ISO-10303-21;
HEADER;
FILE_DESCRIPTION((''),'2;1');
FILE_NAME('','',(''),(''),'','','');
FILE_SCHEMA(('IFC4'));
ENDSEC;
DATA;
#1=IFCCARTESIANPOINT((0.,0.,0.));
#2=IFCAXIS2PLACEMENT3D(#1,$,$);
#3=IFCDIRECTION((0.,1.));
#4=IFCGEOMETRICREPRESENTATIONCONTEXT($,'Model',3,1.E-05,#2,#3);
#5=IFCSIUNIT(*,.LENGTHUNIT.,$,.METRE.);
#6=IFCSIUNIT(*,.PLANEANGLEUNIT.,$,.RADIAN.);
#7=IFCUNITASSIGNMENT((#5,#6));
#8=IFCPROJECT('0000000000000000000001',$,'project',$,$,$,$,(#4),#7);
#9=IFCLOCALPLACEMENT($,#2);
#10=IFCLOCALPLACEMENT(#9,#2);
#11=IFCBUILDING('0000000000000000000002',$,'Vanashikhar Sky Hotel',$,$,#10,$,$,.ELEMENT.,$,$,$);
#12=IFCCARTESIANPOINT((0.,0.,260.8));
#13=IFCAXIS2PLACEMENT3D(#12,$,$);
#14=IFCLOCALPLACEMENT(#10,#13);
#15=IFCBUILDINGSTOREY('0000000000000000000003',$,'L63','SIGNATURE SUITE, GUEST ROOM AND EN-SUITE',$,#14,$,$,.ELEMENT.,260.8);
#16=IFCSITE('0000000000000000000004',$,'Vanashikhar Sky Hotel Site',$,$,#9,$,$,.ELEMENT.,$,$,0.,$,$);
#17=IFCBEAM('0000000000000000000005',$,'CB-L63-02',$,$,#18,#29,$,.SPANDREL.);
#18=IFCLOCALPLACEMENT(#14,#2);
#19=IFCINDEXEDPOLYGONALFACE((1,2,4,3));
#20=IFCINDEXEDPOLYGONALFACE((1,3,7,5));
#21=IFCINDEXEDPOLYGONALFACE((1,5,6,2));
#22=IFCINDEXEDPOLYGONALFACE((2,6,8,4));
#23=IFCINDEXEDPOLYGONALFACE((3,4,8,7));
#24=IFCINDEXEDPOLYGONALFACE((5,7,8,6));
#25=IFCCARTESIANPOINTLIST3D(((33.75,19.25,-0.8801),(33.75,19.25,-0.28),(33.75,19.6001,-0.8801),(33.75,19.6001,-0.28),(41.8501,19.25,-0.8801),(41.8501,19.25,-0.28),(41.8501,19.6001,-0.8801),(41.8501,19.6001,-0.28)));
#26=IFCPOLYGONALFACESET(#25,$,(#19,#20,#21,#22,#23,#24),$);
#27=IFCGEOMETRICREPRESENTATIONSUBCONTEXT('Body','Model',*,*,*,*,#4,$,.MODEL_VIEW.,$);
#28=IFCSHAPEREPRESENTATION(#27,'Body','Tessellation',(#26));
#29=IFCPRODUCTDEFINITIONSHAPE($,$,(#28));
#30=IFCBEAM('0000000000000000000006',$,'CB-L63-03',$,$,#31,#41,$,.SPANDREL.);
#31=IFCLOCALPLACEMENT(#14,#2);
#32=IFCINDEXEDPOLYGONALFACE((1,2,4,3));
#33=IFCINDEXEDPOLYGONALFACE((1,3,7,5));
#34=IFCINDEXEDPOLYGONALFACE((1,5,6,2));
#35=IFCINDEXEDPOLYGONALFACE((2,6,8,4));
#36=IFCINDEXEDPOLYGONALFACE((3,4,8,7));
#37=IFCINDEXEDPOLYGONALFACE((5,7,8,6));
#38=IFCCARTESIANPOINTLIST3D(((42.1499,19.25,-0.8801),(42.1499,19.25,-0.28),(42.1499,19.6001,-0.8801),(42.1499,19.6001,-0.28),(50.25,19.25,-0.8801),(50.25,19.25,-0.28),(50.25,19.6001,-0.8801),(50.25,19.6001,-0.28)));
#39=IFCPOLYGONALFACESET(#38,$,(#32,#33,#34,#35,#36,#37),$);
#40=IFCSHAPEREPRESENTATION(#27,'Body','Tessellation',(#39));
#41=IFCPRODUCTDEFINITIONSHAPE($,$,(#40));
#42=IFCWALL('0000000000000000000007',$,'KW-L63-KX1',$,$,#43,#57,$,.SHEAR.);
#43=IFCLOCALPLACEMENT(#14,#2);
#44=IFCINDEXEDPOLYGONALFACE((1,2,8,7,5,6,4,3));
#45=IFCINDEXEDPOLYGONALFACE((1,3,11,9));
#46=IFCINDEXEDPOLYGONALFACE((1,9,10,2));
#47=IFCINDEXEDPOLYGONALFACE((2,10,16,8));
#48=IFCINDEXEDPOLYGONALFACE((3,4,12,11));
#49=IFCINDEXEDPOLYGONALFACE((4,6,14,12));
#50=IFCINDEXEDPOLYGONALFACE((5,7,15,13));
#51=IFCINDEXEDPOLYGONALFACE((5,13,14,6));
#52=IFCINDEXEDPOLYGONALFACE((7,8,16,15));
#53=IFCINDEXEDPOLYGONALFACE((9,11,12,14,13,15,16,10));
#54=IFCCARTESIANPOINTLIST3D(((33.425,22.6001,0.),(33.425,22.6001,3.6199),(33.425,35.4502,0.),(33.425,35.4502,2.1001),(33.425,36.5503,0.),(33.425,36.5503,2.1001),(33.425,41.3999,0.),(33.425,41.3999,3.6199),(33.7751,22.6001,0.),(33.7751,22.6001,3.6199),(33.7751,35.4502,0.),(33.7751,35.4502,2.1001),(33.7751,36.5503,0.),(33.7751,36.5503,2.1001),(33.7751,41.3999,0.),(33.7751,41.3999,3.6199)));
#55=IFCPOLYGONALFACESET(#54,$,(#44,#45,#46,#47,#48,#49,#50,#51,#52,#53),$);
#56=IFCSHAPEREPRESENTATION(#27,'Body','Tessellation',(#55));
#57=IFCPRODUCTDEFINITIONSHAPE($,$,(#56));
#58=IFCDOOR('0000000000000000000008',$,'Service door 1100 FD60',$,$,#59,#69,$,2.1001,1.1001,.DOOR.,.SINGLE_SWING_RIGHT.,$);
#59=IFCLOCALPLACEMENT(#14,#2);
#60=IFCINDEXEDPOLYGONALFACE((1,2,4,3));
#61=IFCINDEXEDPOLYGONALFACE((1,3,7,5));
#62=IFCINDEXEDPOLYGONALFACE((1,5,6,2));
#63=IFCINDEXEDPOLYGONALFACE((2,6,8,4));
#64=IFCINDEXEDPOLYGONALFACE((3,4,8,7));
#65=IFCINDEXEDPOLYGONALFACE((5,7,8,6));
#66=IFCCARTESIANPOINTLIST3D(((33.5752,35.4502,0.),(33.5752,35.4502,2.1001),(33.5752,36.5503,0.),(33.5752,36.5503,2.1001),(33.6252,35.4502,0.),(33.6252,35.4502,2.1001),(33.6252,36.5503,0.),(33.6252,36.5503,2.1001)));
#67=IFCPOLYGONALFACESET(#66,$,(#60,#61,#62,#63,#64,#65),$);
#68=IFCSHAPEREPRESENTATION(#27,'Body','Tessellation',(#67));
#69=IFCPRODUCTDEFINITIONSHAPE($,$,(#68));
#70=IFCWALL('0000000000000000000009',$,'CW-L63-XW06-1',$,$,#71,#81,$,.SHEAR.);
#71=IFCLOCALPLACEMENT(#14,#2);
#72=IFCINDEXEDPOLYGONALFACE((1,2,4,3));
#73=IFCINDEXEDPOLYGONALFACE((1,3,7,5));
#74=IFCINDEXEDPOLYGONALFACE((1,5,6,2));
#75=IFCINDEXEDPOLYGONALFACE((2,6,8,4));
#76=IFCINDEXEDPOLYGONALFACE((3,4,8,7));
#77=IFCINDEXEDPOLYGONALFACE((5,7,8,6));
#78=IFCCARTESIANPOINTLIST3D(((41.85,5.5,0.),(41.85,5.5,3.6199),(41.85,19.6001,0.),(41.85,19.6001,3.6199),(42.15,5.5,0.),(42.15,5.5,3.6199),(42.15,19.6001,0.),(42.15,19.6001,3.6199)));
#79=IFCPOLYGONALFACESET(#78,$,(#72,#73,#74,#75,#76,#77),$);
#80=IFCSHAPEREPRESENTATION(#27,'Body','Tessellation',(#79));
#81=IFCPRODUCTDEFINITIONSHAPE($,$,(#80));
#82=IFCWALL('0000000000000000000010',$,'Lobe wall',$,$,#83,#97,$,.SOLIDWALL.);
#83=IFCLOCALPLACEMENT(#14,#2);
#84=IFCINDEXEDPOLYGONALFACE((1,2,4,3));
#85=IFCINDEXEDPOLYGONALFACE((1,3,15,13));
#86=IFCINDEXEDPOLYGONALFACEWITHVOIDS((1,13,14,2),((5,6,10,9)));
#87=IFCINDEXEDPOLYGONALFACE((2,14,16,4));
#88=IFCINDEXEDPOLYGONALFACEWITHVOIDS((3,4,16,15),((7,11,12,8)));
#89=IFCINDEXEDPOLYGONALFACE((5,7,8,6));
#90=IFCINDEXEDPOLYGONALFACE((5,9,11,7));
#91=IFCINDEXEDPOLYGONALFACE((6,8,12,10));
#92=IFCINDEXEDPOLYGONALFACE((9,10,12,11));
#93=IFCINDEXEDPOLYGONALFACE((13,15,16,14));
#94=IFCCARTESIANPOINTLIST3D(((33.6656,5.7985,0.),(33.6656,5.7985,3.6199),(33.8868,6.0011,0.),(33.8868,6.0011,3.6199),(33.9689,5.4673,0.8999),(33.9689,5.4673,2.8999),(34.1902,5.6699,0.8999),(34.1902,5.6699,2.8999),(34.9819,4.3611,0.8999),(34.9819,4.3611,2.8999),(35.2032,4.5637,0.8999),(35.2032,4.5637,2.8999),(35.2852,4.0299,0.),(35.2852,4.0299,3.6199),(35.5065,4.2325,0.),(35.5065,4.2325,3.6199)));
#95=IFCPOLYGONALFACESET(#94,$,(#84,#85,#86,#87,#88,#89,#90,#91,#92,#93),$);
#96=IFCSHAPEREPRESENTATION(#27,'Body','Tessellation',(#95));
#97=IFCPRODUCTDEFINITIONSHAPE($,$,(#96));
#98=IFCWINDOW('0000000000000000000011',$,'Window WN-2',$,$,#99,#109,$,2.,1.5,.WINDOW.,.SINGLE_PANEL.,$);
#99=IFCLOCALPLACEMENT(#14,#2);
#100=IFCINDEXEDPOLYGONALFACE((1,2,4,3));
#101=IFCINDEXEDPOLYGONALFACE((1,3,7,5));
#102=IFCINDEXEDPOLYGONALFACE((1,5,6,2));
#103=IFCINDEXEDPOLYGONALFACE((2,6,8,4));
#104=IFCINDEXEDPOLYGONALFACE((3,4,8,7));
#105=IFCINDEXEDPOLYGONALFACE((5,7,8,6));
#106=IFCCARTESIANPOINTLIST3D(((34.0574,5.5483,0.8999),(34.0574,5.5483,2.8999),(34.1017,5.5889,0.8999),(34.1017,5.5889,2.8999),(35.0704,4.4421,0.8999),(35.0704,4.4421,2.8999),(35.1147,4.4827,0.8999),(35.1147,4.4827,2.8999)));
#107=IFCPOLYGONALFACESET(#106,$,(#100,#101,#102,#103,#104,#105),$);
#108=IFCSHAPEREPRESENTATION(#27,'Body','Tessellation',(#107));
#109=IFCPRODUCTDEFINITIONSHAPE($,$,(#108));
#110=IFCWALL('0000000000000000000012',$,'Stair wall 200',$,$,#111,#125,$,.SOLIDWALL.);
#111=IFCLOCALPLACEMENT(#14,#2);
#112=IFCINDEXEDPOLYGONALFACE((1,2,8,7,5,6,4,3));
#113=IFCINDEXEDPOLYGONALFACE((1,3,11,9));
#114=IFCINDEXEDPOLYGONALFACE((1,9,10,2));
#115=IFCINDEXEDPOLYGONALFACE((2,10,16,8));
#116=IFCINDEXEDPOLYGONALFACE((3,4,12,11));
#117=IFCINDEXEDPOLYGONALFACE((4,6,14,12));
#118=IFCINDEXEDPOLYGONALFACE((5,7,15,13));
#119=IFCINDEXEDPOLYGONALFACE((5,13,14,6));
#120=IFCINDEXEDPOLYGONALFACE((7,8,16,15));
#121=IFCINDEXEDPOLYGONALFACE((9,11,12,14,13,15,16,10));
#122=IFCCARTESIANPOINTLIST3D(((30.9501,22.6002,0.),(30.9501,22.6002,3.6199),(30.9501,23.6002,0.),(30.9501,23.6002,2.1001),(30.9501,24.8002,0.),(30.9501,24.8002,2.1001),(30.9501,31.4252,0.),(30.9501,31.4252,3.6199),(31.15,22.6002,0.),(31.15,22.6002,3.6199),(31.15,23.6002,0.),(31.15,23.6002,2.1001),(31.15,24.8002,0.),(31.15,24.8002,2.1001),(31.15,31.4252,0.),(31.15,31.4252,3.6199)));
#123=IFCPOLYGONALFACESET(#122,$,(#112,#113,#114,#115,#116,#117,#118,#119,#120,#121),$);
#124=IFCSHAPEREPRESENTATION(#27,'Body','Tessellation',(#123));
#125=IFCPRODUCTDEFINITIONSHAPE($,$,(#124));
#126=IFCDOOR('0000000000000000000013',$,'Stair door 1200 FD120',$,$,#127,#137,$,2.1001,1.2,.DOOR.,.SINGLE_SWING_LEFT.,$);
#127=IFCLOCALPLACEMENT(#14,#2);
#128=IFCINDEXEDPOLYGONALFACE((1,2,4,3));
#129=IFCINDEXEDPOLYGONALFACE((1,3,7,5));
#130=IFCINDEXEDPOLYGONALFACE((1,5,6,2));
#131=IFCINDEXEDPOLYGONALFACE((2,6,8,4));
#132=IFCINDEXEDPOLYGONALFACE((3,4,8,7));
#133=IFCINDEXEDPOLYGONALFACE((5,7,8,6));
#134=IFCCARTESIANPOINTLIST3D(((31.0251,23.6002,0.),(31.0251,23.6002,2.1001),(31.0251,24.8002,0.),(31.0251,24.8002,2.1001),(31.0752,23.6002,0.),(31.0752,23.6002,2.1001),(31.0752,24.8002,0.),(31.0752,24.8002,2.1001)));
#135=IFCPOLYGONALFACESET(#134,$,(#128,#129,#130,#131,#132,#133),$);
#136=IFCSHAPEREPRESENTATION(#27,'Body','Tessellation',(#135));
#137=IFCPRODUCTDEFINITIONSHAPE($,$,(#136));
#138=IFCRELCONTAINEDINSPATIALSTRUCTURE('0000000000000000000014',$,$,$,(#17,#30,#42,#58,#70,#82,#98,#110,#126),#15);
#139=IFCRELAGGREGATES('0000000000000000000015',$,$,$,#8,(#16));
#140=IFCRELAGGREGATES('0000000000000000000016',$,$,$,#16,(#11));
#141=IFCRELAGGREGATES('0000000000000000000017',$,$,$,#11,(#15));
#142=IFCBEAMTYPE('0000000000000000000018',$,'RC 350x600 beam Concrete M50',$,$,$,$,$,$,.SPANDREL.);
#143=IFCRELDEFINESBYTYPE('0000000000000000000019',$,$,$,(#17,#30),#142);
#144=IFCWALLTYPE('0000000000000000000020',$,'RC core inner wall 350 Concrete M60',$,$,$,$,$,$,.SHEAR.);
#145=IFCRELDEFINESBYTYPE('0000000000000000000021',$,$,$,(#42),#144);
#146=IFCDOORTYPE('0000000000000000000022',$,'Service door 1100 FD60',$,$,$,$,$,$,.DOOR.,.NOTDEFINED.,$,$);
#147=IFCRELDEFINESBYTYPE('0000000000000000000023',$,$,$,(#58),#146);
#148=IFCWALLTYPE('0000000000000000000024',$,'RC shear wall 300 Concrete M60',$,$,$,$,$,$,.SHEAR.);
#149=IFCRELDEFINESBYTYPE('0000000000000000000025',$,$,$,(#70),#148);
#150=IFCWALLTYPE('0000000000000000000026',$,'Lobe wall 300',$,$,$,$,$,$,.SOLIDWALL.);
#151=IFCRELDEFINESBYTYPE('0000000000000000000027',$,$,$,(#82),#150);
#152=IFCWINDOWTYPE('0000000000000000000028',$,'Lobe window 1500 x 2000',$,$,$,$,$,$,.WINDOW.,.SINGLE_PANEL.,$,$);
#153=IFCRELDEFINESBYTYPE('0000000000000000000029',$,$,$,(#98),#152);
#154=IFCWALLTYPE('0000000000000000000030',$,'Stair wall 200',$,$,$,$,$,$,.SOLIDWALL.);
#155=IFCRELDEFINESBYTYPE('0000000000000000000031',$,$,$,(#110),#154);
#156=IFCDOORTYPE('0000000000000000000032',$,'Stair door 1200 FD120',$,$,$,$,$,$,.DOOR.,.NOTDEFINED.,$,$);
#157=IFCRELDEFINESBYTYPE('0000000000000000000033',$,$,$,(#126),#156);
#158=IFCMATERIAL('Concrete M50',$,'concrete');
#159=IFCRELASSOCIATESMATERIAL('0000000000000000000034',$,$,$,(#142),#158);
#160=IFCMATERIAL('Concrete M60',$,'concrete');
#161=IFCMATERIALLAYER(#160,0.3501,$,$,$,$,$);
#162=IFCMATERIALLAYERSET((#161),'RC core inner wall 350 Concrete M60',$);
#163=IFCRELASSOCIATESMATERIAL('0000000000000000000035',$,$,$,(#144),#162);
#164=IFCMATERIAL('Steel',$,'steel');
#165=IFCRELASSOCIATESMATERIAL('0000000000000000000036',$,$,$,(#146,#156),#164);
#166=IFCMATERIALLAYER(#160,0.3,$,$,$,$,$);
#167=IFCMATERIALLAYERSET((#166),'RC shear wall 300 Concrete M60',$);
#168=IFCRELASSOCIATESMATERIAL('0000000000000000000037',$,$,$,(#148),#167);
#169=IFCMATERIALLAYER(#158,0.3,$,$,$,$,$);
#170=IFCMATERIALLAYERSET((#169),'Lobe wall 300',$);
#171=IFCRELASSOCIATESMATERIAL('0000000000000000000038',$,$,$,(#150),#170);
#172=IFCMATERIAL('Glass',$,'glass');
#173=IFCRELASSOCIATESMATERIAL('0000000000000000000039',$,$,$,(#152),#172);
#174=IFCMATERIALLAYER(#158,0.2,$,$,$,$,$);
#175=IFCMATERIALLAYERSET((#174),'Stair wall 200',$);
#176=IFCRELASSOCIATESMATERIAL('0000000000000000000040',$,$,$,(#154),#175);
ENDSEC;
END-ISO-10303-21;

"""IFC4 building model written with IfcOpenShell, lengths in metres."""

from ifc_helpers import new_model, si_unit, direction, frame, frame_2d, origin, origin_2d, place, context, subcontext, project, spatial, rectangle, extrude, source, transform, mapped, material, layer, layer_set, material_profile, profile_set, type_object, element, fill, save


model = new_model("IFC4")

# Units and contexts
model_context = context("Model", 3, precision=1e-05, world=origin(), true_north=direction((0.0, 1.0)))
body_context = subcontext(model_context, "Body", "Model", "MODEL_VIEW")
ifc_project = project(units=[si_unit("LENGTHUNIT", "METRE"), si_unit("PLANEANGLEUNIT", "RADIAN")], contexts=[model_context])

# Site, building, storey
site_placement = place(None, origin())
site = spatial("IfcSite", under=ifc_project, at=site_placement, Name="Vanashikhar Sky Hotel Site", CompositionType="ELEMENT", RefElevation=0.0)
building_placement = place(site_placement, origin())
building = spatial("IfcBuilding", under=site, at=building_placement, Name="Vanashikhar Sky Hotel", CompositionType="ELEMENT")
storey_placement = place(building_placement, frame((0.0, 0.0, 260.8)))
storey = spatial("IfcBuildingStorey", under=building, at=storey_placement, Name="L63", Description="SIGNATURE SUITE, GUEST ROOM AND EN-SUITE", CompositionType="ELEMENT", Elevation=260.8)

# Beams
ifc_material_1 = material(Name="Concrete M50", Category="concrete")
ifc_material_profile = material_profile(ifc_material_1, rectangle(XDim=0.3501, YDim=0.6001, at=origin_2d()))
ifc_profile_set = profile_set([ifc_material_profile], Name="RC 350x600 beam Concrete M50")
beam_type = type_object("IfcBeamType", Name="RC 350x600 beam Concrete M50", PredefinedType="SPANDREL", material=ifc_profile_set)
shared_shape_1 = source(origin(), body_context, "Body", "SweptSolid", [
    extrude(rectangle(XDim=0.3501, YDim=0.6001, at=origin_2d()), origin(), (0.0, 0.0, 1.0), 8.1001),
])
for number, where, z_axis, x_axis, name in (
    (1, (33.75, 19.425, -0.5801), (1.0, 0.0, 0.0), (0.0, 1.0, 0.0), "CB-L63-02"),
    (2, (42.1499, 19.425, -0.5801), (1.0, 0.0, 0.0), (0.0, 1.0, 0.0), "CB-L63-03"),
):
    element("IfcBeam", number, at=place(storey_placement, frame(where, z_axis=z_axis, x_axis=x_axis)), inside=storey, type_object=beam_type, Name=name, PredefinedType="SPANDREL", context=body_context, shape_type="MappedRepresentation", body=[
        mapped(shared_shape_1, transform((0.0, 0.0, 0.0), scale=1.0)),
    ])

# Wall, opening, door
ifc_material_2 = material(Name="Concrete M60", Category="concrete")
ifc_layer_1 = layer(ifc_material_2, 0.3501)
ifc_layer_set_1 = layer_set([ifc_layer_1], Name="RC core inner wall 350 Concrete M60")
wall_type_1 = type_object("IfcWallType", Name="RC core inner wall 350 Concrete M60", PredefinedType="SHEAR", material=ifc_layer_set_1)
shared_shape_2 = source(origin(), body_context, "Body", "SweptSolid", [
    extrude(rectangle(XDim=18.7998, YDim=0.3501, at=frame_2d((9.3999, 0.0))), origin(), (0.0, 0.0, 1.0), 3.6199),
])
wall_1_placement = place(storey_placement, frame((33.6001, 22.6001, 0.0), z_axis=(0.0, 0.0, 1.0), x_axis=(0.0, 1.0, 0.0)))
wall_1 = element("IfcWall", 3, at=wall_1_placement, inside=storey, type_object=wall_type_1, Name="KW-L63-KX1", PredefinedType="SHEAR", context=body_context, shape_type="MappedRepresentation", body=[
    mapped(shared_shape_2, transform((0.0, 0.0, 0.0), scale=1.0)),
])
shared_shape_3 = source(origin(), body_context, "Body", "SweptSolid", [
    extrude(rectangle(XDim=1.1001, YDim=2.1001, at=frame_2d((0.55, 1.05))), frame((0.0, 0.1851, 0.0), z_axis=(0.0, -1.0, 0.0), x_axis=(1.0, 0.0, 0.0)), (0.0, 0.0, 1.0), 0.3701),
])
opening_1_placement = place(wall_1_placement, frame((12.8501, 0.0, 0.0)))
opening_1 = element("IfcOpeningElement", 4, at=opening_1_placement, cuts=wall_1, PredefinedType="OPENING", context=body_context, shape_type="MappedRepresentation", body=[
    mapped(shared_shape_3, transform((0.0, 0.0, 0.0), scale=1.0)),
])
ifc_material_3 = material(Name="Steel", Category="steel")
door_type_1 = type_object("IfcDoorType", Name="Service door 1100 FD60", OperationType="NOTDEFINED", PredefinedType="DOOR", material=ifc_material_3)
shared_shape_4 = source(origin(), body_context, "Body", "SweptSolid", [
    extrude(rectangle(XDim=1.1001, YDim=2.1001, at=frame_2d((0.55, 1.05))), frame((0.0, 0.0249, 0.0), z_axis=(0.0, -1.0, 0.0), x_axis=(1.0, 0.0, 0.0)), (0.0, 0.0, 1.0), 0.05),
])
door_1_placement = place(opening_1_placement, origin())
door_1 = element("IfcDoor", 5, at=door_1_placement, inside=storey, type_object=door_type_1, Name="Service door 1100 FD60", OperationType="SINGLE_SWING_RIGHT", OverallHeight=2.1001, OverallWidth=1.1001, PredefinedType="DOOR", context=body_context, shape_type="MappedRepresentation", body=[
    mapped(shared_shape_4, transform((0.0, 0.0, 0.0), scale=1.0)),
])
fill(opening_1, door_1)

# Wall
ifc_layer_2 = layer(ifc_material_2, 0.3)
ifc_layer_set_2 = layer_set([ifc_layer_2], Name="RC shear wall 300 Concrete M60")
wall_type_2 = type_object("IfcWallType", Name="RC shear wall 300 Concrete M60", PredefinedType="SHEAR", material=ifc_layer_set_2)
shared_shape_5 = source(origin(), body_context, "Body", "SweptSolid", [
    extrude(rectangle(XDim=14.1001, YDim=0.3, at=frame_2d((7.05, 0.0))), origin(), (0.0, 0.0, 1.0), 3.6199),
])
wall_2_placement = place(storey_placement, frame((42.0, 5.5, 0.0), z_axis=(0.0, 0.0, 1.0), x_axis=(0.0, 1.0, 0.0)))
element("IfcWall", 6, at=wall_2_placement, inside=storey, type_object=wall_type_2, Name="CW-L63-XW06-1", PredefinedType="SHEAR", context=body_context, shape_type="MappedRepresentation", body=[
    mapped(shared_shape_5, transform((0.0, 0.0, 0.0), scale=1.0)),
])

# Wall, opening, window
ifc_layer_3 = layer(ifc_material_1, 0.3)
ifc_layer_set_3 = layer_set([ifc_layer_3], Name="Lobe wall 300")
wall_type_3 = type_object("IfcWallType", Name="Lobe wall 300", PredefinedType="SOLIDWALL", material=ifc_layer_set_3)
shared_shape_6 = source(origin(), body_context, "Body", "SweptSolid", [
    extrude(rectangle(XDim=2.3982, YDim=0.3, at=frame_2d((1.1992, 0.0))), origin(), (0.0, 0.0, 1.0), 3.6199),
])
wall_3_placement = place(storey_placement, frame((33.7761, 5.8999, 0.0), z_axis=(0.0, 0.0, 1.0), x_axis=(0.675374, -0.737475, 0.0)))
wall_3 = element("IfcWall", 7, at=wall_3_placement, inside=storey, type_object=wall_type_3, Name="Lobe wall", PredefinedType="SOLIDWALL", context=body_context, shape_type="MappedRepresentation", body=[
    mapped(shared_shape_6, transform((0.0, 0.0, 0.0), scale=1.0)),
])
shared_shape_7 = source(origin(), body_context, "Body", "SweptSolid", [
    extrude(rectangle(XDim=1.5, YDim=2.0, at=frame_2d((0.75, 1.0))), frame((0.0, 0.1602, 0.0), z_axis=(0.0, -1.0, 0.0), x_axis=(1.0, 0.0, 0.0)), (0.0, 0.0, 1.0), 0.3201),
])
opening_2_placement = place(wall_3_placement, frame((0.4492, 0.0, 0.8999)))
opening_2 = element("IfcOpeningElement", 8, at=opening_2_placement, cuts=wall_3, PredefinedType="OPENING", context=body_context, shape_type="MappedRepresentation", body=[
    mapped(shared_shape_7, transform((0.0, 0.0, 0.0), scale=1.0)),
])
ifc_material_4 = material(Name="Glass", Category="glass")
window_type = type_object("IfcWindowType", Name="Lobe window 1500 x 2000", PartitioningType="SINGLE_PANEL", PredefinedType="WINDOW", material=ifc_material_4)
shared_shape_8 = source(origin(), body_context, "Body", "SweptSolid", [
    extrude(rectangle(XDim=1.5, YDim=2.0, at=frame_2d((0.75, 1.0))), frame((0.0, 0.03, 0.0), z_axis=(0.0, -1.0, 0.0), x_axis=(1.0, 0.0, 0.0)), (0.0, 0.0, 1.0), 0.0601),
])
window_placement = place(opening_2_placement, origin())
window = element("IfcWindow", 9, at=window_placement, inside=storey, type_object=window_type, Name="Window WN-2", OverallHeight=2.0, OverallWidth=1.5, PartitioningType="SINGLE_PANEL", PredefinedType="WINDOW", context=body_context, shape_type="MappedRepresentation", body=[
    mapped(shared_shape_8, transform((0.0, 0.0, 0.0), scale=1.0)),
])
fill(opening_2, window)

# Wall, opening, door
ifc_layer_4 = layer(ifc_material_1, 0.2)
ifc_layer_set_4 = layer_set([ifc_layer_4], Name="Stair wall 200")
wall_type_4 = type_object("IfcWallType", Name="Stair wall 200", PredefinedType="SOLIDWALL", material=ifc_layer_set_4)
shared_shape_9 = source(origin(), body_context, "Body", "SweptSolid", [
    extrude(rectangle(XDim=8.825, YDim=0.2, at=frame_2d((4.4126, 0.0))), origin(), (0.0, 0.0, 1.0), 3.6199),
])
wall_4_placement = place(storey_placement, frame((31.05, 22.6001, 0.0), z_axis=(0.0, 0.0, 1.0), x_axis=(0.0, 1.0, 0.0)))
wall_4 = element("IfcWall", 10, at=wall_4_placement, inside=storey, type_object=wall_type_4, Name="Stair wall 200", PredefinedType="SOLIDWALL", context=body_context, shape_type="MappedRepresentation", body=[
    mapped(shared_shape_9, transform((0.0, 0.0, 0.0), scale=1.0)),
])
shared_shape_10 = source(origin(), body_context, "Body", "SweptSolid", [
    extrude(rectangle(XDim=1.2, YDim=2.1001, at=frame_2d((0.6001, 1.05))), frame((0.0, 0.1099, 0.0), z_axis=(0.0, -1.0, 0.0), x_axis=(1.0, 0.0, 0.0)), (0.0, 0.0, 1.0), 0.22),
])
opening_3_placement = place(wall_4_placement, frame((1.0, 0.0, 0.0)))
opening_3 = element("IfcOpeningElement", 11, at=opening_3_placement, cuts=wall_4, PredefinedType="OPENING", context=body_context, shape_type="MappedRepresentation", body=[
    mapped(shared_shape_10, transform((0.0, 0.0, 0.0), scale=1.0)),
])
door_type_2 = type_object("IfcDoorType", Name="Stair door 1200 FD120", OperationType="NOTDEFINED", PredefinedType="DOOR", material=ifc_material_3)
shared_shape_11 = source(origin(), body_context, "Body", "SweptSolid", [
    extrude(rectangle(XDim=1.2, YDim=2.1001, at=frame_2d((0.6001, 1.05))), frame((0.0, 0.0249, 0.0), z_axis=(0.0, -1.0, 0.0), x_axis=(1.0, 0.0, 0.0)), (0.0, 0.0, 1.0), 0.05),
])
door_2_placement = place(opening_3_placement, origin())
door_2 = element("IfcDoor", 12, at=door_2_placement, inside=storey, type_object=door_type_2, Name="Stair door 1200 FD120", OperationType="SINGLE_SWING_LEFT", OverallHeight=2.1001, OverallWidth=1.2, PredefinedType="DOOR", context=body_context, shape_type="MappedRepresentation", body=[
    mapped(shared_shape_11, transform((0.0, 0.0, 0.0), scale=1.0)),
])
fill(opening_3, door_2)

save(model, "model.ifc")
